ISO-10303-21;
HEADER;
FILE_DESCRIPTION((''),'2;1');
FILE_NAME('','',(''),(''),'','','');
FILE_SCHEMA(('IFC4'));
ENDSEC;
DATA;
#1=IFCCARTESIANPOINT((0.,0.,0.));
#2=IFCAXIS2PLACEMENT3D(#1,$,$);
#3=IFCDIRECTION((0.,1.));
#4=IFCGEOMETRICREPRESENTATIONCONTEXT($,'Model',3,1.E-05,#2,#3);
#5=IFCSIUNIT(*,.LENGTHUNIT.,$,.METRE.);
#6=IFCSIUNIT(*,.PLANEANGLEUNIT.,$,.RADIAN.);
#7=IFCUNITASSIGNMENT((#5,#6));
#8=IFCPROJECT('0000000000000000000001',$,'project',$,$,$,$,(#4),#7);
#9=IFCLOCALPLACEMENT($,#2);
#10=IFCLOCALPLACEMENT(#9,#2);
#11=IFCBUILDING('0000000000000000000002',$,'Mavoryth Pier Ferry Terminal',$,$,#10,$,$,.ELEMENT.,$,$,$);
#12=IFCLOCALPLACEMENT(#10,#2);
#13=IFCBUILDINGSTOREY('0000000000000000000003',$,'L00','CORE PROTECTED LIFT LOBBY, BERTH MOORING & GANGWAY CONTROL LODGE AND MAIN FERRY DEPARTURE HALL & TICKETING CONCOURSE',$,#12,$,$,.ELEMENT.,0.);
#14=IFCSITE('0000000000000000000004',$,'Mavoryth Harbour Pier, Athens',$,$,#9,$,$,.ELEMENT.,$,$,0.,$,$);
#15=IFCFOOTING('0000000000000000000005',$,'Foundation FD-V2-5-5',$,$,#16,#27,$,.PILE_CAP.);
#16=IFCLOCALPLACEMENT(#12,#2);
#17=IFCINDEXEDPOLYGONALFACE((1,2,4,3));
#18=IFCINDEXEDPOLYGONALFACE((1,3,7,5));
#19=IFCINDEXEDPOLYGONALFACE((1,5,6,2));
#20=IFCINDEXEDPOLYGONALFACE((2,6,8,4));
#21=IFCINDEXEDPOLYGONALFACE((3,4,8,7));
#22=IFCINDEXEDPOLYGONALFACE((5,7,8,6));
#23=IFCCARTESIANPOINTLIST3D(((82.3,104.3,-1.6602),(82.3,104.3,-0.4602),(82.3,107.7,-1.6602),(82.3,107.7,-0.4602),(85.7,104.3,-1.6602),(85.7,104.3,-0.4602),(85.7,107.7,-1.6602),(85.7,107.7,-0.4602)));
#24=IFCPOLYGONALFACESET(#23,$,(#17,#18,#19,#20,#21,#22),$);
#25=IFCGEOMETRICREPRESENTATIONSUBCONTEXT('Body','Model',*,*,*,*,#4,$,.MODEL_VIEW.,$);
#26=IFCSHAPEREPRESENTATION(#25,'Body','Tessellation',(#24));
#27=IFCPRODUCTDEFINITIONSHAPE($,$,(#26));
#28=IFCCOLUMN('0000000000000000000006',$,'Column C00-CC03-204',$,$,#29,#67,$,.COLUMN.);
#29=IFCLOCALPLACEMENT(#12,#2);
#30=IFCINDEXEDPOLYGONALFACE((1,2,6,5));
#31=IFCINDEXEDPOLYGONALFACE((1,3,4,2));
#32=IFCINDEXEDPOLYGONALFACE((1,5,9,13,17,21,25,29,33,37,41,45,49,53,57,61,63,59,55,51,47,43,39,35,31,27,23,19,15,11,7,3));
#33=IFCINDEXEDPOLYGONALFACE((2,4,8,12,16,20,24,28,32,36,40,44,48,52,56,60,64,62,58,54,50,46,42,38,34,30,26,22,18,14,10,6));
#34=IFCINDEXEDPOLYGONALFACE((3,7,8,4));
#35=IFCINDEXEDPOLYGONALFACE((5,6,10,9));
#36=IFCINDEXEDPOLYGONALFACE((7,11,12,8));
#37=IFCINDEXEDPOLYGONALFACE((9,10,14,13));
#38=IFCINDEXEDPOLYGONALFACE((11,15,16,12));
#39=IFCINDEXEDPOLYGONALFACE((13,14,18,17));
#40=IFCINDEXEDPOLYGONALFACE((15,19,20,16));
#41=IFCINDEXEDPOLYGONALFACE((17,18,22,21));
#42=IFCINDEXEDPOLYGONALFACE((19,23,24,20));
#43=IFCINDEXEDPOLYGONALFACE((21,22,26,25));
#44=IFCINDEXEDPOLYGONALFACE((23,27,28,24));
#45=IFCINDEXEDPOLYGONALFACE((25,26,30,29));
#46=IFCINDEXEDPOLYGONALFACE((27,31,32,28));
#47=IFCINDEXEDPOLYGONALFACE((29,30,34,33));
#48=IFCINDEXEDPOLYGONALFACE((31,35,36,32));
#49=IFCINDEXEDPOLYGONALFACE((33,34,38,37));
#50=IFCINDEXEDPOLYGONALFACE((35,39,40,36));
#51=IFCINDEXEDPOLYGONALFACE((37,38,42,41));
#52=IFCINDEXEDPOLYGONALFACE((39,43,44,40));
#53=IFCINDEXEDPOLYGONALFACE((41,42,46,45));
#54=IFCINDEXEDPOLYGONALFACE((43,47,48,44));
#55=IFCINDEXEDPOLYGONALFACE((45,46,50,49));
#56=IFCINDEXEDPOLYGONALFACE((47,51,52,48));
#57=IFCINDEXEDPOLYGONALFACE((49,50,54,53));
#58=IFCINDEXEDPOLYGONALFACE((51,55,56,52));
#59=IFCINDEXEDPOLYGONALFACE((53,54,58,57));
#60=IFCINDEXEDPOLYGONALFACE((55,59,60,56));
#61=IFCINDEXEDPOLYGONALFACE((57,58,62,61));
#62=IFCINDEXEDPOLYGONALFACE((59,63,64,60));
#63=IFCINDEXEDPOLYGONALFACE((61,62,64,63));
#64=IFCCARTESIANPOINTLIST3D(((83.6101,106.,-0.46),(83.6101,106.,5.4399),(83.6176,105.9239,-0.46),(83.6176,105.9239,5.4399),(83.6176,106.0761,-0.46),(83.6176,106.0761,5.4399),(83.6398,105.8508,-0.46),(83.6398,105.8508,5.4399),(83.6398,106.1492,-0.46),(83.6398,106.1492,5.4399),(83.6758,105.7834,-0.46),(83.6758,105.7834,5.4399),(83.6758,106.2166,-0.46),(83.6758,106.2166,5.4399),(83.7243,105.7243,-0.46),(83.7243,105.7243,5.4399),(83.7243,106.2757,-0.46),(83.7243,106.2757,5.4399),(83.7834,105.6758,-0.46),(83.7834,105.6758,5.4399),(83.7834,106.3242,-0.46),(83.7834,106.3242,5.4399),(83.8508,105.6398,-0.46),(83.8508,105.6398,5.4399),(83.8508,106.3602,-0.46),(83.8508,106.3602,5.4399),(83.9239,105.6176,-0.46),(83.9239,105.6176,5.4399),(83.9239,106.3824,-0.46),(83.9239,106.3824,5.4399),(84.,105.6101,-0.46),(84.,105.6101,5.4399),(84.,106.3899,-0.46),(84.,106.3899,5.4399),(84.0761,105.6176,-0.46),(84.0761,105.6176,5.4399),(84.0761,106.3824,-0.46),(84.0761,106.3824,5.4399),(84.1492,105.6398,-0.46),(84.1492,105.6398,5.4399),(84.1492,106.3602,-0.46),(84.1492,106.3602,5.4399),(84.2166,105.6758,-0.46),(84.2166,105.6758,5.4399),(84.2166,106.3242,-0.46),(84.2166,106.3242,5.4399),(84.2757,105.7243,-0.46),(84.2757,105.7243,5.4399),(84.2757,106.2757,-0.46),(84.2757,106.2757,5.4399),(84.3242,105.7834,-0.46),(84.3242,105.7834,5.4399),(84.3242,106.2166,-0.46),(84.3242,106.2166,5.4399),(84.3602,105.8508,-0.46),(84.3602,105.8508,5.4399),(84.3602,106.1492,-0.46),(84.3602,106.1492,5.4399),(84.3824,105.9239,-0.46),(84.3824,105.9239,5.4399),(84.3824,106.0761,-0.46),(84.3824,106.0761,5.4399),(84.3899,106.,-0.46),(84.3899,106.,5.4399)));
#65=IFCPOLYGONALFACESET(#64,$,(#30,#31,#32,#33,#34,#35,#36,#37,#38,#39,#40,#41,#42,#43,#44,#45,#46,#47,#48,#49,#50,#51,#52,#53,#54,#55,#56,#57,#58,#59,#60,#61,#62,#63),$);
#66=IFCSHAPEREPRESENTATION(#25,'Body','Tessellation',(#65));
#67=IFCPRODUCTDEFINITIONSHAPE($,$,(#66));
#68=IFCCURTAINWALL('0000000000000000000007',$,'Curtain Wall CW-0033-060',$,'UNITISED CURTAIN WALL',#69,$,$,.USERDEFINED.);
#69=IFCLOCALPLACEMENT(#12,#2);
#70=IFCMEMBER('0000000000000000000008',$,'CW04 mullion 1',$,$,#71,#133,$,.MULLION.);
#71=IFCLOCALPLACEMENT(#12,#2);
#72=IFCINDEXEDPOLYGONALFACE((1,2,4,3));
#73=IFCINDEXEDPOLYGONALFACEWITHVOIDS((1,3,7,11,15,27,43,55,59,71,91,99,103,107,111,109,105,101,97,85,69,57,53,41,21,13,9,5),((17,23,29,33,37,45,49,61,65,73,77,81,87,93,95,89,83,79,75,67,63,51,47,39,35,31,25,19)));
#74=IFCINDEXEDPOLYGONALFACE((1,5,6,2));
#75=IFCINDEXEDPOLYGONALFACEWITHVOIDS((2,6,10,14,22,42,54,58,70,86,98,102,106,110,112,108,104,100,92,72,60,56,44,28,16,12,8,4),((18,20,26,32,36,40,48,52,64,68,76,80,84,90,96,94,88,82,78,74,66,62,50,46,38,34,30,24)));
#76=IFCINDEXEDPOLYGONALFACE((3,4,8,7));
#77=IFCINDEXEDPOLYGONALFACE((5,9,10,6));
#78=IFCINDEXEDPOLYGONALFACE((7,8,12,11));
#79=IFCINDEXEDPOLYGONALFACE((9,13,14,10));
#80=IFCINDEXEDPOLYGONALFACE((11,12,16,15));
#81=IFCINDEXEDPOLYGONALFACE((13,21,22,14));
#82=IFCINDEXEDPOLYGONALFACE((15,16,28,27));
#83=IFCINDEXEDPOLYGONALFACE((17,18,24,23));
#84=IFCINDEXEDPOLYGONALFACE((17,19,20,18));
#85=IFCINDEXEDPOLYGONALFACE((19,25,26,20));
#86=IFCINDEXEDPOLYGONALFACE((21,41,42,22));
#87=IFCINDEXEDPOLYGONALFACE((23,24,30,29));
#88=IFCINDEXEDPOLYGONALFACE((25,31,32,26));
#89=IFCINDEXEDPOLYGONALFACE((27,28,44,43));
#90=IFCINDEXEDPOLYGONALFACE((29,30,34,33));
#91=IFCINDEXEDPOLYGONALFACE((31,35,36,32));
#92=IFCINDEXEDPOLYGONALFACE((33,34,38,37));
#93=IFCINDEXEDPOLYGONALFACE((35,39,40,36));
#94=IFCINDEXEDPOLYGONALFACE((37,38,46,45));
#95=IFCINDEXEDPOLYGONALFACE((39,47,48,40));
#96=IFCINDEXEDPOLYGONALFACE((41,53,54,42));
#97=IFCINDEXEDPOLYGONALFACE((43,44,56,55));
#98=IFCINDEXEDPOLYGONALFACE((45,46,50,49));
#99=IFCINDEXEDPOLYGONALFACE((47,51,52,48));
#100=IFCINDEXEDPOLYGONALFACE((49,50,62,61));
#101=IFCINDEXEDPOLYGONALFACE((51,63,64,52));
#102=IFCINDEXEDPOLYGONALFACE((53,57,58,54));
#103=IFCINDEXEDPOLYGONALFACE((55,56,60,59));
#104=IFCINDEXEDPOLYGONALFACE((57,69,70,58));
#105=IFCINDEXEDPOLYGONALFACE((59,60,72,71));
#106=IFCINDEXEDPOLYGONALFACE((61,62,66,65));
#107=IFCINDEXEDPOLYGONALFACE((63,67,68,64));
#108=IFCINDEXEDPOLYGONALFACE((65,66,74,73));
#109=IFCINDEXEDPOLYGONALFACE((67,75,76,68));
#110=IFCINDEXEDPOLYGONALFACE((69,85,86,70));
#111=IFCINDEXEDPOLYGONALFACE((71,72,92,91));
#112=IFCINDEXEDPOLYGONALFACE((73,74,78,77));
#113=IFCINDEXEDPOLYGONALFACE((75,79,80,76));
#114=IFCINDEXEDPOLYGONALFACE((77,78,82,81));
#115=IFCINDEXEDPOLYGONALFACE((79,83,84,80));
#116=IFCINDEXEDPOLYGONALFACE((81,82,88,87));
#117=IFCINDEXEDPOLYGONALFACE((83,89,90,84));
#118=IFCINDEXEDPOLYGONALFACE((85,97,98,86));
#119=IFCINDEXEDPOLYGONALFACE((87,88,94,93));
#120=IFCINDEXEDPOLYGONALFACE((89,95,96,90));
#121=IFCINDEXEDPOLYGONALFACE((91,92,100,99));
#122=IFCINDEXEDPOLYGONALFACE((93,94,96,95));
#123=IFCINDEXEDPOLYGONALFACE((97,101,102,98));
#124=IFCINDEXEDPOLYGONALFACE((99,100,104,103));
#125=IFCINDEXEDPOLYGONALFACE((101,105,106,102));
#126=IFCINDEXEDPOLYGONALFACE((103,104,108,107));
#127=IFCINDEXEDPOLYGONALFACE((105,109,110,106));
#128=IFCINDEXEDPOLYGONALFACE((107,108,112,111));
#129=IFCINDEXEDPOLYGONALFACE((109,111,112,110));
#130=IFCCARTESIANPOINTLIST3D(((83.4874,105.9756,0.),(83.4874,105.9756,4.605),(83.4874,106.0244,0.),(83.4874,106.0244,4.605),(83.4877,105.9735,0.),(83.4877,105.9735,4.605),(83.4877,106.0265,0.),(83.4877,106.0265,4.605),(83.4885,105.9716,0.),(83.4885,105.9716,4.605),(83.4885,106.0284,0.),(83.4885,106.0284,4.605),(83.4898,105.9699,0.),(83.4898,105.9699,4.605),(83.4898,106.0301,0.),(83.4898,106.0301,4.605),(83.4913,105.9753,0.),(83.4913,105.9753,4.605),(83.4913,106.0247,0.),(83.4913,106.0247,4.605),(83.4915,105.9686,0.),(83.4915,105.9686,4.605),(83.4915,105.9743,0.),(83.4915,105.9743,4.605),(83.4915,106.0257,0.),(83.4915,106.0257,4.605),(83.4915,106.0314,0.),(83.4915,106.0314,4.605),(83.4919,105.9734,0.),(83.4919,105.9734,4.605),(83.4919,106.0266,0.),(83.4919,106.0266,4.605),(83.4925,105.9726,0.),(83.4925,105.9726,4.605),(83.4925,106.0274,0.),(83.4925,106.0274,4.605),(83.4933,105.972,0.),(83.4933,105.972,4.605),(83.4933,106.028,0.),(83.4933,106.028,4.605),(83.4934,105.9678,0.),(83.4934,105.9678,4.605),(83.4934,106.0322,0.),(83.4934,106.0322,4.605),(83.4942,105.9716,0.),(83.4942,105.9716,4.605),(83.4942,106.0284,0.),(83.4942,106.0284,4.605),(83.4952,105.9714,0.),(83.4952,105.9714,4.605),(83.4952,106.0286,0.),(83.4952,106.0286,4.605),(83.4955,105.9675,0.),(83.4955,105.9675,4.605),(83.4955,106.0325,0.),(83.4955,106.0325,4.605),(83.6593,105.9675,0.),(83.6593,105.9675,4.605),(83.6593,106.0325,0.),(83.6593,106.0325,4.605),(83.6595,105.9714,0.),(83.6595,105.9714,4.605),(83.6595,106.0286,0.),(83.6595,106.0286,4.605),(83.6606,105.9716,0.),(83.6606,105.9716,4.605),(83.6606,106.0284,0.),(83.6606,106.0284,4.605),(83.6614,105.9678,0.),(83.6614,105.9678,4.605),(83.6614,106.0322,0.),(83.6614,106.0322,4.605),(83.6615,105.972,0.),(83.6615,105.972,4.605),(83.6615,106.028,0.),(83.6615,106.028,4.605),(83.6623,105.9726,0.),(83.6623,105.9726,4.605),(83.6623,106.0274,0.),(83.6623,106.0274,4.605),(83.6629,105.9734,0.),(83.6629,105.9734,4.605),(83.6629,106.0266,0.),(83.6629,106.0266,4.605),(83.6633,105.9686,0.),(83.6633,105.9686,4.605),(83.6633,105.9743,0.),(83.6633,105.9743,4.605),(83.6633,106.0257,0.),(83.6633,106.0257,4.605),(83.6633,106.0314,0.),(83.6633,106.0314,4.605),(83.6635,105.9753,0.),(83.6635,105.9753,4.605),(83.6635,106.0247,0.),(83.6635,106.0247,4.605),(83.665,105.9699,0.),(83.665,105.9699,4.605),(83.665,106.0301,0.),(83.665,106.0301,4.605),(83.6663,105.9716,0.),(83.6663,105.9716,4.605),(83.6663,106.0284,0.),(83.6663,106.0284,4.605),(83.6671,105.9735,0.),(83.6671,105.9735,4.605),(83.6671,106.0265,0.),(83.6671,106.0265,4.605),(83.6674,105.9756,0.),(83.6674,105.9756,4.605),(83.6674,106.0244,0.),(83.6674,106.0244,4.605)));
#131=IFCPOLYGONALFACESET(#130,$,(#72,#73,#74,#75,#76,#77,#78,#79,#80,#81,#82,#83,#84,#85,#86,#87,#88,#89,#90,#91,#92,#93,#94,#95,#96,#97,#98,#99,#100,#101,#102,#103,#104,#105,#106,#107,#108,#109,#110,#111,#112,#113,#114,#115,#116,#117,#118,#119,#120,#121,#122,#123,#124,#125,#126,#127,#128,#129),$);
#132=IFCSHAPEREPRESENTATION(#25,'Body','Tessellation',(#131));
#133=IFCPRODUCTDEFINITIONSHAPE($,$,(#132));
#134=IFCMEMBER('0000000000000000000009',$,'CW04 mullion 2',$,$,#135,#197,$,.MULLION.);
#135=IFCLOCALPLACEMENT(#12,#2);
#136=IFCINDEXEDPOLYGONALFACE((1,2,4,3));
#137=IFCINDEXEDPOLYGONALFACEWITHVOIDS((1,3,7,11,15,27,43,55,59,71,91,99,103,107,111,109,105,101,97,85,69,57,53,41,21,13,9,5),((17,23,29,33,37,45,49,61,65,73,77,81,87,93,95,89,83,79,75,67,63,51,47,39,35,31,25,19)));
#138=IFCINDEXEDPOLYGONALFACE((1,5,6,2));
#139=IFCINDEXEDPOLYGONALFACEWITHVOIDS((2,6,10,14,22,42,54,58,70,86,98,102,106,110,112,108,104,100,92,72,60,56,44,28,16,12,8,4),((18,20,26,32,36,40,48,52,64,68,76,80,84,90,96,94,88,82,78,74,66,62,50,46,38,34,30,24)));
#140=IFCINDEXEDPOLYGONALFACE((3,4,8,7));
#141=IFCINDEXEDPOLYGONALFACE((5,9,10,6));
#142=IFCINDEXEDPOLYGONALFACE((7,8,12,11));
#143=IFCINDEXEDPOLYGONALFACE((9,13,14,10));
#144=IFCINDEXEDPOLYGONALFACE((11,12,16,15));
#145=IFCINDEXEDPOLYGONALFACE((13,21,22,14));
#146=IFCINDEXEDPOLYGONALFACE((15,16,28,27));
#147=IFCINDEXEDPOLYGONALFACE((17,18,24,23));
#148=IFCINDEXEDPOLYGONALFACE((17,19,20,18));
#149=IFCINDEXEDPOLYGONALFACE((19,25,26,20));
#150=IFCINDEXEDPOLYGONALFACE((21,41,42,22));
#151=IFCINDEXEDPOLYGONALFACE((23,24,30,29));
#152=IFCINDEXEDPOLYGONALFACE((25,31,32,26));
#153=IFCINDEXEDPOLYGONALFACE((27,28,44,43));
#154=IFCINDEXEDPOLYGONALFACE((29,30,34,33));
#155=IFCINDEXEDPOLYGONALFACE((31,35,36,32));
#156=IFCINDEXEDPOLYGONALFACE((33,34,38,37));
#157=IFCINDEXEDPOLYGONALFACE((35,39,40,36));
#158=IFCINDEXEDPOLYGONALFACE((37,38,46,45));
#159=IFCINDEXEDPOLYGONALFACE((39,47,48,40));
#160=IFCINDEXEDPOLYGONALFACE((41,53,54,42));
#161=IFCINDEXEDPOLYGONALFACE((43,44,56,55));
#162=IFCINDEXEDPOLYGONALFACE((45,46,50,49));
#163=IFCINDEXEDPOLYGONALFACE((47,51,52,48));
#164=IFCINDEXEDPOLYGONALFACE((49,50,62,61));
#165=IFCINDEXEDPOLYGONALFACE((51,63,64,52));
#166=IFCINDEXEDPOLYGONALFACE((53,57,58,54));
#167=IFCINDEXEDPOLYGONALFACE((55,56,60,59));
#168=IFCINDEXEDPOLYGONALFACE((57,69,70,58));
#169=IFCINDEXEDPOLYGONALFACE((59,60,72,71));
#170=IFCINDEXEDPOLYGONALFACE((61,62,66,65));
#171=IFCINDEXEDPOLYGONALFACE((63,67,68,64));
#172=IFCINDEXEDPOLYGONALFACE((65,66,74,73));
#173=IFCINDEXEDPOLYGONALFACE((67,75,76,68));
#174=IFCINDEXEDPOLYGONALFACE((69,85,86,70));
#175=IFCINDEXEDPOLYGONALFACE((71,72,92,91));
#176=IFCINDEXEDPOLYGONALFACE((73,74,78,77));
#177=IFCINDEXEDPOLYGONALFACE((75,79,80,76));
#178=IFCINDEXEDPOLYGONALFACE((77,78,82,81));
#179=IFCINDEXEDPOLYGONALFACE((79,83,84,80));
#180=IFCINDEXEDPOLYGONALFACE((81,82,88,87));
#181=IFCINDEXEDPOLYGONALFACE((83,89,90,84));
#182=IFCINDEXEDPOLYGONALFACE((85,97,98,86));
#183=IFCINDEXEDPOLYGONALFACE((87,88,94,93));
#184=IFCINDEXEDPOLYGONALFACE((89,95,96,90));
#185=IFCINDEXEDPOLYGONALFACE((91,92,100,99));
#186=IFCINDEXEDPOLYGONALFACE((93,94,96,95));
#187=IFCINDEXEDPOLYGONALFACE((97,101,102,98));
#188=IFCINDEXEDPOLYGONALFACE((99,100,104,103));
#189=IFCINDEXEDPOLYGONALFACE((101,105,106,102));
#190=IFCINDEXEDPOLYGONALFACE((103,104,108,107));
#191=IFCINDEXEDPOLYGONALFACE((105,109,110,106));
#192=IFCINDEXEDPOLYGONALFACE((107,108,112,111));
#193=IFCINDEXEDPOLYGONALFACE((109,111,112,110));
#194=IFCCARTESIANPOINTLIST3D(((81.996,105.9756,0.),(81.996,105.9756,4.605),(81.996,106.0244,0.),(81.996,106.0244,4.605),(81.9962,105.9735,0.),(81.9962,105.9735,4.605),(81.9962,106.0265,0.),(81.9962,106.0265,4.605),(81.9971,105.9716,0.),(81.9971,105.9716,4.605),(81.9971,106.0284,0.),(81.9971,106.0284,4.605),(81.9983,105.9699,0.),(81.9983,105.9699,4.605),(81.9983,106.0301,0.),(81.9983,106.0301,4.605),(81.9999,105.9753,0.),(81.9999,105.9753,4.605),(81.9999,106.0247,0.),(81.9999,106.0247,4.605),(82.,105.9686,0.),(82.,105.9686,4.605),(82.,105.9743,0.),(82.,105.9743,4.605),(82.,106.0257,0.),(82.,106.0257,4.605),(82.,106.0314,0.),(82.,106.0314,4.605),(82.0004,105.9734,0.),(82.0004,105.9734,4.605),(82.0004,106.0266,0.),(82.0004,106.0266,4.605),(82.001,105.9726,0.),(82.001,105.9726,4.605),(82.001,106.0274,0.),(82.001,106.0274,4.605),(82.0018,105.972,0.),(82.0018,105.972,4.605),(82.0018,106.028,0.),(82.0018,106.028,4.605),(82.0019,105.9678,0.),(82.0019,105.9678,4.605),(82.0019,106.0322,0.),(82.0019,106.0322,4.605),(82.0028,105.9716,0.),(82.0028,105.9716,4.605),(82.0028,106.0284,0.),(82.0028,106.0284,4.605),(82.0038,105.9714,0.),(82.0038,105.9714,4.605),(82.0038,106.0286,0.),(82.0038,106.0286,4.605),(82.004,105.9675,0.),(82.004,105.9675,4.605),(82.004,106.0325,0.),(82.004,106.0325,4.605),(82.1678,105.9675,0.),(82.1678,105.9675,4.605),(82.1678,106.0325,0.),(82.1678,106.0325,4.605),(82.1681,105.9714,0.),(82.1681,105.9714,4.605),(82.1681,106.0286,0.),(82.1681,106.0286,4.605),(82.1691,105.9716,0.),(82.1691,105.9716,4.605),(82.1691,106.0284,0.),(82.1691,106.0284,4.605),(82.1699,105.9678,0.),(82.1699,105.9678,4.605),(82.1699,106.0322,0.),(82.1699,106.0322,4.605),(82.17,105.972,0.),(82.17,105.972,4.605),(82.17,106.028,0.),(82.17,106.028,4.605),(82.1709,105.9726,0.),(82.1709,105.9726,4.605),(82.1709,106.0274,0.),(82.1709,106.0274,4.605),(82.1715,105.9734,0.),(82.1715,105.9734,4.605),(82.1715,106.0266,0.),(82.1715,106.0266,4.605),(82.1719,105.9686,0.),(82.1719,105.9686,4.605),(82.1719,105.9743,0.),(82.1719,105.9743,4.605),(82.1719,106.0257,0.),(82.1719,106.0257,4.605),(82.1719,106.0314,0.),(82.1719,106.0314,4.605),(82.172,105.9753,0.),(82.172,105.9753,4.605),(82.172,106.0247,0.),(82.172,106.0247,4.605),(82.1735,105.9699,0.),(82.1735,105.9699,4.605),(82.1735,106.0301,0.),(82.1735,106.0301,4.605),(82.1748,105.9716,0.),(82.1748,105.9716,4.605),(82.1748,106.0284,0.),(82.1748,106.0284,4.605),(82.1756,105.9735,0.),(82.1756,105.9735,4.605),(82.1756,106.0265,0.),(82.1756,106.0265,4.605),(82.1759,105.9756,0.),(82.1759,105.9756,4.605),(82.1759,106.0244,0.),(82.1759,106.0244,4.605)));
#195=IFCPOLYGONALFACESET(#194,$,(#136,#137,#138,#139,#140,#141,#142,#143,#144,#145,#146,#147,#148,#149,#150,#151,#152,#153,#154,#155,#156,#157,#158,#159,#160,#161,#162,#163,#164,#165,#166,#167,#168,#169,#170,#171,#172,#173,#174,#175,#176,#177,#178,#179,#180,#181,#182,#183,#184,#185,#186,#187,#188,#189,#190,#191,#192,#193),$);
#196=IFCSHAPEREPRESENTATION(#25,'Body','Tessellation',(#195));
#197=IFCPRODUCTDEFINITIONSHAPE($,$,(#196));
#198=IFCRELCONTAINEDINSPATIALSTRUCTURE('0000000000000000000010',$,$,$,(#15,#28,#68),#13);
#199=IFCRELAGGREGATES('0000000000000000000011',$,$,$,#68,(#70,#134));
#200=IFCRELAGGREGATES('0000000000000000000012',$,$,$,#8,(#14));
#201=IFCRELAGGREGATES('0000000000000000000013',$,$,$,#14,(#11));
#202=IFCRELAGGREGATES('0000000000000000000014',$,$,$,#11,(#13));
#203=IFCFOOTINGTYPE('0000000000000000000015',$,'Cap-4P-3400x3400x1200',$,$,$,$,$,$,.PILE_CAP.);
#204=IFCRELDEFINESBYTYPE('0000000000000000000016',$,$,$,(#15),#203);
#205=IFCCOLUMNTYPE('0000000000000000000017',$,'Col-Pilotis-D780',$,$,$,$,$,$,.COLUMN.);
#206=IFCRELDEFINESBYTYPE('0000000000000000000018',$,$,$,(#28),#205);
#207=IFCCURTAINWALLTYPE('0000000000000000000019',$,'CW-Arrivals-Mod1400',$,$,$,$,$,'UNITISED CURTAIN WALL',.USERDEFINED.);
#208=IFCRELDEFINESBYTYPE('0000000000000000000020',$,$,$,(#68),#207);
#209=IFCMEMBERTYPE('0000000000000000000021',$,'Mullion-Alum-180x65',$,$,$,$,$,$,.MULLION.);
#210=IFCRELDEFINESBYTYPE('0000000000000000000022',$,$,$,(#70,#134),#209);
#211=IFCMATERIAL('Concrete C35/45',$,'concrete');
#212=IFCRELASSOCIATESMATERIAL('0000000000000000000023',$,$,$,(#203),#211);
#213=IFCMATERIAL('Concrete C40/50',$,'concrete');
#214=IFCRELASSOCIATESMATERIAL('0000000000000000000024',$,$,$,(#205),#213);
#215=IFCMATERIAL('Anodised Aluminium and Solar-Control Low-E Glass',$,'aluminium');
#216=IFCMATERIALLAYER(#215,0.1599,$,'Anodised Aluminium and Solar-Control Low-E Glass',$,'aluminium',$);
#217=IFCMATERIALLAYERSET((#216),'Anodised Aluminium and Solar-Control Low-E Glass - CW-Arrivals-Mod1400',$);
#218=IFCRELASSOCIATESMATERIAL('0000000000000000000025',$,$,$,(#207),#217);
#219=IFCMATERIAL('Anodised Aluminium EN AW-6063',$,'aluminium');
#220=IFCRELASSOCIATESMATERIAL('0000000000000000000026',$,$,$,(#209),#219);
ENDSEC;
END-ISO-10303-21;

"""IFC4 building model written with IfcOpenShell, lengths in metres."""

from ifc_helpers import new_model, si_unit, direction, frame, origin, origin_2d, place, context, subcontext, project, spatial, rectangle, hollow_rectangle, circle, extrude, material, layer, layer_set, material_profile, profile_set, type_object, element, aggregate, save


model = new_model("IFC4")

# Units and contexts
model_context = context("Model", 3, precision=1e-05, world=origin(), true_north=direction((0.0, 1.0)))
body_context = subcontext(model_context, "Body", "Model", "MODEL_VIEW")
ifc_project = project(units=[si_unit("LENGTHUNIT", "METRE"), si_unit("PLANEANGLEUNIT", "RADIAN")], contexts=[model_context])

# Site, building, storey
site_placement = place(None, origin())
site = spatial("IfcSite", under=ifc_project, at=site_placement, Name="Mavoryth Harbour Pier, Athens", CompositionType="ELEMENT", RefElevation=0.0)
building_placement = place(site_placement, origin())
building = spatial("IfcBuilding", under=site, at=building_placement, Name="Mavoryth Pier Ferry Terminal", CompositionType="ELEMENT")
storey_placement = place(building_placement, origin())
storey = spatial("IfcBuildingStorey", under=building, at=storey_placement, Name="L00", Description="CORE PROTECTED LIFT LOBBY, BERTH MOORING & GANGWAY CONTROL LODGE AND MAIN FERRY DEPARTURE HALL & TICKETING CONCOURSE", CompositionType="ELEMENT", Elevation=0.0)

# Footing
ifc_material_1 = material(Name="Concrete C35/45", Category="concrete")
footing_type = type_object("IfcFootingType", Name="Cap-4P-3400x3400x1200", PredefinedType="PILE_CAP", material=ifc_material_1)
footing_placement = place(storey_placement, frame((84.0, 106.0, -1.6602), z_axis=(0.0, 0.0, 1.0), x_axis=(1.0, 0.0, 0.0)))
element("IfcFooting", 1, at=footing_placement, inside=storey, type_object=footing_type, Name="Foundation FD-V2-5-5", PredefinedType="PILE_CAP", context=body_context, shape_type="SweptSolid", body=[
    extrude(rectangle(XDim=3.3999, YDim=3.3999, at=origin_2d()), origin(), (0.0, 0.0, 1.0), 1.2),
])

# Column
ifc_material_2 = material(Name="Concrete C40/50", Category="concrete")
ifc_material_profile_1 = material_profile(ifc_material_2, circle(Radius=0.3899, at=origin_2d()), Name="RC D780", Category="concrete")
ifc_profile_set_1 = profile_set([ifc_material_profile_1], Name="Concrete C40/50 - RC D780")
column_type = type_object("IfcColumnType", Name="Col-Pilotis-D780", PredefinedType="COLUMN", material=ifc_profile_set_1)
column_placement = place(storey_placement, frame((84.0, 106.0, -0.46), z_axis=(0.0, 0.0, 1.0), x_axis=(1.0, 0.0, 0.0)))
element("IfcColumn", 2, at=column_placement, inside=storey, type_object=column_type, Name="Column C00-CC03-204", PredefinedType="COLUMN", context=body_context, shape_type="SweptSolid", body=[
    extrude(circle(Radius=0.3899, at=origin_2d()), origin(), (0.0, 0.0, 1.0), 5.8999),
])

# Curtain wall, members
ifc_material_3 = material(Name="Anodised Aluminium and Solar-Control Low-E Glass", Category="aluminium")
ifc_layer_1 = layer(ifc_material_3, 0.1599, Name="Anodised Aluminium and Solar-Control Low-E Glass", Category="aluminium")
ifc_layer_set_1 = layer_set([ifc_layer_1], Name="Anodised Aluminium and Solar-Control Low-E Glass - CW-Arrivals-Mod1400")
curtain_wall_type = type_object("IfcCurtainWallType", Name="CW-Arrivals-Mod1400", ElementType="UNITISED CURTAIN WALL", PredefinedType="USERDEFINED", material=ifc_layer_set_1)
curtain_wall_1_placement = place(storey_placement, origin())
curtain_wall_1 = element("IfcCurtainWall", 3, at=curtain_wall_1_placement, inside=storey, type_object=curtain_wall_type, Name="Curtain Wall CW-0033-060", ObjectType="UNITISED CURTAIN WALL", PredefinedType="USERDEFINED")
ifc_material_4 = material(Name="Anodised Aluminium EN AW-6063", Category="aluminium")
ifc_material_profile_2 = material_profile(ifc_material_4, hollow_rectangle(XDim=0.0649, YDim=0.1799, WallThickness=0.0039, InnerFilletRadius=0.0039, OuterFilletRadius=0.0081, at=origin_2d()), Name="AL-MULL 180x65x4", Category="aluminium")
ifc_profile_set_2 = profile_set([ifc_material_profile_2], Name="Anodised Aluminium EN AW-6063 - AL-MULL 180x65x4")
member_type_1 = type_object("IfcMemberType", Name="Mullion-Alum-180x65", PredefinedType="MULLION", material=ifc_profile_set_2)
member_1_placement = place(storey_placement, frame((83.5774, 106.0, 0.0), z_axis=(0.0, 0.0, 1.0), x_axis=(0.0, -1.0, 0.0)))
member_1 = element("IfcMember", 4, at=member_1_placement, type_object=member_type_1, Name="CW04 mullion 1", PredefinedType="MULLION", context=body_context, shape_type="SweptSolid", body=[
    extrude(hollow_rectangle(XDim=0.0649, YDim=0.1799, WallThickness=0.0039, InnerFilletRadius=0.0039, OuterFilletRadius=0.0081, at=origin_2d()), origin(), (0.0, 0.0, 1.0), 4.605),
])
member_2_placement = place(storey_placement, frame((82.0859, 106.0, 0.0), z_axis=(0.0, 0.0, 1.0), x_axis=(0.0, -1.0, 0.0)))
member_2 = element("IfcMember", 5, at=member_2_placement, type_object=member_type_1, Name="CW04 mullion 2", PredefinedType="MULLION", context=body_context, shape_type="SweptSolid", body=[
    extrude(hollow_rectangle(XDim=0.0649, YDim=0.1799, WallThickness=0.0039, InnerFilletRadius=0.0039, OuterFilletRadius=0.0081, at=origin_2d()), origin(), (0.0, 0.0, 1.0), 4.605),
])

aggregate(curtain_wall_1, [member_1, member_2])

save(model, "model.ifc")
